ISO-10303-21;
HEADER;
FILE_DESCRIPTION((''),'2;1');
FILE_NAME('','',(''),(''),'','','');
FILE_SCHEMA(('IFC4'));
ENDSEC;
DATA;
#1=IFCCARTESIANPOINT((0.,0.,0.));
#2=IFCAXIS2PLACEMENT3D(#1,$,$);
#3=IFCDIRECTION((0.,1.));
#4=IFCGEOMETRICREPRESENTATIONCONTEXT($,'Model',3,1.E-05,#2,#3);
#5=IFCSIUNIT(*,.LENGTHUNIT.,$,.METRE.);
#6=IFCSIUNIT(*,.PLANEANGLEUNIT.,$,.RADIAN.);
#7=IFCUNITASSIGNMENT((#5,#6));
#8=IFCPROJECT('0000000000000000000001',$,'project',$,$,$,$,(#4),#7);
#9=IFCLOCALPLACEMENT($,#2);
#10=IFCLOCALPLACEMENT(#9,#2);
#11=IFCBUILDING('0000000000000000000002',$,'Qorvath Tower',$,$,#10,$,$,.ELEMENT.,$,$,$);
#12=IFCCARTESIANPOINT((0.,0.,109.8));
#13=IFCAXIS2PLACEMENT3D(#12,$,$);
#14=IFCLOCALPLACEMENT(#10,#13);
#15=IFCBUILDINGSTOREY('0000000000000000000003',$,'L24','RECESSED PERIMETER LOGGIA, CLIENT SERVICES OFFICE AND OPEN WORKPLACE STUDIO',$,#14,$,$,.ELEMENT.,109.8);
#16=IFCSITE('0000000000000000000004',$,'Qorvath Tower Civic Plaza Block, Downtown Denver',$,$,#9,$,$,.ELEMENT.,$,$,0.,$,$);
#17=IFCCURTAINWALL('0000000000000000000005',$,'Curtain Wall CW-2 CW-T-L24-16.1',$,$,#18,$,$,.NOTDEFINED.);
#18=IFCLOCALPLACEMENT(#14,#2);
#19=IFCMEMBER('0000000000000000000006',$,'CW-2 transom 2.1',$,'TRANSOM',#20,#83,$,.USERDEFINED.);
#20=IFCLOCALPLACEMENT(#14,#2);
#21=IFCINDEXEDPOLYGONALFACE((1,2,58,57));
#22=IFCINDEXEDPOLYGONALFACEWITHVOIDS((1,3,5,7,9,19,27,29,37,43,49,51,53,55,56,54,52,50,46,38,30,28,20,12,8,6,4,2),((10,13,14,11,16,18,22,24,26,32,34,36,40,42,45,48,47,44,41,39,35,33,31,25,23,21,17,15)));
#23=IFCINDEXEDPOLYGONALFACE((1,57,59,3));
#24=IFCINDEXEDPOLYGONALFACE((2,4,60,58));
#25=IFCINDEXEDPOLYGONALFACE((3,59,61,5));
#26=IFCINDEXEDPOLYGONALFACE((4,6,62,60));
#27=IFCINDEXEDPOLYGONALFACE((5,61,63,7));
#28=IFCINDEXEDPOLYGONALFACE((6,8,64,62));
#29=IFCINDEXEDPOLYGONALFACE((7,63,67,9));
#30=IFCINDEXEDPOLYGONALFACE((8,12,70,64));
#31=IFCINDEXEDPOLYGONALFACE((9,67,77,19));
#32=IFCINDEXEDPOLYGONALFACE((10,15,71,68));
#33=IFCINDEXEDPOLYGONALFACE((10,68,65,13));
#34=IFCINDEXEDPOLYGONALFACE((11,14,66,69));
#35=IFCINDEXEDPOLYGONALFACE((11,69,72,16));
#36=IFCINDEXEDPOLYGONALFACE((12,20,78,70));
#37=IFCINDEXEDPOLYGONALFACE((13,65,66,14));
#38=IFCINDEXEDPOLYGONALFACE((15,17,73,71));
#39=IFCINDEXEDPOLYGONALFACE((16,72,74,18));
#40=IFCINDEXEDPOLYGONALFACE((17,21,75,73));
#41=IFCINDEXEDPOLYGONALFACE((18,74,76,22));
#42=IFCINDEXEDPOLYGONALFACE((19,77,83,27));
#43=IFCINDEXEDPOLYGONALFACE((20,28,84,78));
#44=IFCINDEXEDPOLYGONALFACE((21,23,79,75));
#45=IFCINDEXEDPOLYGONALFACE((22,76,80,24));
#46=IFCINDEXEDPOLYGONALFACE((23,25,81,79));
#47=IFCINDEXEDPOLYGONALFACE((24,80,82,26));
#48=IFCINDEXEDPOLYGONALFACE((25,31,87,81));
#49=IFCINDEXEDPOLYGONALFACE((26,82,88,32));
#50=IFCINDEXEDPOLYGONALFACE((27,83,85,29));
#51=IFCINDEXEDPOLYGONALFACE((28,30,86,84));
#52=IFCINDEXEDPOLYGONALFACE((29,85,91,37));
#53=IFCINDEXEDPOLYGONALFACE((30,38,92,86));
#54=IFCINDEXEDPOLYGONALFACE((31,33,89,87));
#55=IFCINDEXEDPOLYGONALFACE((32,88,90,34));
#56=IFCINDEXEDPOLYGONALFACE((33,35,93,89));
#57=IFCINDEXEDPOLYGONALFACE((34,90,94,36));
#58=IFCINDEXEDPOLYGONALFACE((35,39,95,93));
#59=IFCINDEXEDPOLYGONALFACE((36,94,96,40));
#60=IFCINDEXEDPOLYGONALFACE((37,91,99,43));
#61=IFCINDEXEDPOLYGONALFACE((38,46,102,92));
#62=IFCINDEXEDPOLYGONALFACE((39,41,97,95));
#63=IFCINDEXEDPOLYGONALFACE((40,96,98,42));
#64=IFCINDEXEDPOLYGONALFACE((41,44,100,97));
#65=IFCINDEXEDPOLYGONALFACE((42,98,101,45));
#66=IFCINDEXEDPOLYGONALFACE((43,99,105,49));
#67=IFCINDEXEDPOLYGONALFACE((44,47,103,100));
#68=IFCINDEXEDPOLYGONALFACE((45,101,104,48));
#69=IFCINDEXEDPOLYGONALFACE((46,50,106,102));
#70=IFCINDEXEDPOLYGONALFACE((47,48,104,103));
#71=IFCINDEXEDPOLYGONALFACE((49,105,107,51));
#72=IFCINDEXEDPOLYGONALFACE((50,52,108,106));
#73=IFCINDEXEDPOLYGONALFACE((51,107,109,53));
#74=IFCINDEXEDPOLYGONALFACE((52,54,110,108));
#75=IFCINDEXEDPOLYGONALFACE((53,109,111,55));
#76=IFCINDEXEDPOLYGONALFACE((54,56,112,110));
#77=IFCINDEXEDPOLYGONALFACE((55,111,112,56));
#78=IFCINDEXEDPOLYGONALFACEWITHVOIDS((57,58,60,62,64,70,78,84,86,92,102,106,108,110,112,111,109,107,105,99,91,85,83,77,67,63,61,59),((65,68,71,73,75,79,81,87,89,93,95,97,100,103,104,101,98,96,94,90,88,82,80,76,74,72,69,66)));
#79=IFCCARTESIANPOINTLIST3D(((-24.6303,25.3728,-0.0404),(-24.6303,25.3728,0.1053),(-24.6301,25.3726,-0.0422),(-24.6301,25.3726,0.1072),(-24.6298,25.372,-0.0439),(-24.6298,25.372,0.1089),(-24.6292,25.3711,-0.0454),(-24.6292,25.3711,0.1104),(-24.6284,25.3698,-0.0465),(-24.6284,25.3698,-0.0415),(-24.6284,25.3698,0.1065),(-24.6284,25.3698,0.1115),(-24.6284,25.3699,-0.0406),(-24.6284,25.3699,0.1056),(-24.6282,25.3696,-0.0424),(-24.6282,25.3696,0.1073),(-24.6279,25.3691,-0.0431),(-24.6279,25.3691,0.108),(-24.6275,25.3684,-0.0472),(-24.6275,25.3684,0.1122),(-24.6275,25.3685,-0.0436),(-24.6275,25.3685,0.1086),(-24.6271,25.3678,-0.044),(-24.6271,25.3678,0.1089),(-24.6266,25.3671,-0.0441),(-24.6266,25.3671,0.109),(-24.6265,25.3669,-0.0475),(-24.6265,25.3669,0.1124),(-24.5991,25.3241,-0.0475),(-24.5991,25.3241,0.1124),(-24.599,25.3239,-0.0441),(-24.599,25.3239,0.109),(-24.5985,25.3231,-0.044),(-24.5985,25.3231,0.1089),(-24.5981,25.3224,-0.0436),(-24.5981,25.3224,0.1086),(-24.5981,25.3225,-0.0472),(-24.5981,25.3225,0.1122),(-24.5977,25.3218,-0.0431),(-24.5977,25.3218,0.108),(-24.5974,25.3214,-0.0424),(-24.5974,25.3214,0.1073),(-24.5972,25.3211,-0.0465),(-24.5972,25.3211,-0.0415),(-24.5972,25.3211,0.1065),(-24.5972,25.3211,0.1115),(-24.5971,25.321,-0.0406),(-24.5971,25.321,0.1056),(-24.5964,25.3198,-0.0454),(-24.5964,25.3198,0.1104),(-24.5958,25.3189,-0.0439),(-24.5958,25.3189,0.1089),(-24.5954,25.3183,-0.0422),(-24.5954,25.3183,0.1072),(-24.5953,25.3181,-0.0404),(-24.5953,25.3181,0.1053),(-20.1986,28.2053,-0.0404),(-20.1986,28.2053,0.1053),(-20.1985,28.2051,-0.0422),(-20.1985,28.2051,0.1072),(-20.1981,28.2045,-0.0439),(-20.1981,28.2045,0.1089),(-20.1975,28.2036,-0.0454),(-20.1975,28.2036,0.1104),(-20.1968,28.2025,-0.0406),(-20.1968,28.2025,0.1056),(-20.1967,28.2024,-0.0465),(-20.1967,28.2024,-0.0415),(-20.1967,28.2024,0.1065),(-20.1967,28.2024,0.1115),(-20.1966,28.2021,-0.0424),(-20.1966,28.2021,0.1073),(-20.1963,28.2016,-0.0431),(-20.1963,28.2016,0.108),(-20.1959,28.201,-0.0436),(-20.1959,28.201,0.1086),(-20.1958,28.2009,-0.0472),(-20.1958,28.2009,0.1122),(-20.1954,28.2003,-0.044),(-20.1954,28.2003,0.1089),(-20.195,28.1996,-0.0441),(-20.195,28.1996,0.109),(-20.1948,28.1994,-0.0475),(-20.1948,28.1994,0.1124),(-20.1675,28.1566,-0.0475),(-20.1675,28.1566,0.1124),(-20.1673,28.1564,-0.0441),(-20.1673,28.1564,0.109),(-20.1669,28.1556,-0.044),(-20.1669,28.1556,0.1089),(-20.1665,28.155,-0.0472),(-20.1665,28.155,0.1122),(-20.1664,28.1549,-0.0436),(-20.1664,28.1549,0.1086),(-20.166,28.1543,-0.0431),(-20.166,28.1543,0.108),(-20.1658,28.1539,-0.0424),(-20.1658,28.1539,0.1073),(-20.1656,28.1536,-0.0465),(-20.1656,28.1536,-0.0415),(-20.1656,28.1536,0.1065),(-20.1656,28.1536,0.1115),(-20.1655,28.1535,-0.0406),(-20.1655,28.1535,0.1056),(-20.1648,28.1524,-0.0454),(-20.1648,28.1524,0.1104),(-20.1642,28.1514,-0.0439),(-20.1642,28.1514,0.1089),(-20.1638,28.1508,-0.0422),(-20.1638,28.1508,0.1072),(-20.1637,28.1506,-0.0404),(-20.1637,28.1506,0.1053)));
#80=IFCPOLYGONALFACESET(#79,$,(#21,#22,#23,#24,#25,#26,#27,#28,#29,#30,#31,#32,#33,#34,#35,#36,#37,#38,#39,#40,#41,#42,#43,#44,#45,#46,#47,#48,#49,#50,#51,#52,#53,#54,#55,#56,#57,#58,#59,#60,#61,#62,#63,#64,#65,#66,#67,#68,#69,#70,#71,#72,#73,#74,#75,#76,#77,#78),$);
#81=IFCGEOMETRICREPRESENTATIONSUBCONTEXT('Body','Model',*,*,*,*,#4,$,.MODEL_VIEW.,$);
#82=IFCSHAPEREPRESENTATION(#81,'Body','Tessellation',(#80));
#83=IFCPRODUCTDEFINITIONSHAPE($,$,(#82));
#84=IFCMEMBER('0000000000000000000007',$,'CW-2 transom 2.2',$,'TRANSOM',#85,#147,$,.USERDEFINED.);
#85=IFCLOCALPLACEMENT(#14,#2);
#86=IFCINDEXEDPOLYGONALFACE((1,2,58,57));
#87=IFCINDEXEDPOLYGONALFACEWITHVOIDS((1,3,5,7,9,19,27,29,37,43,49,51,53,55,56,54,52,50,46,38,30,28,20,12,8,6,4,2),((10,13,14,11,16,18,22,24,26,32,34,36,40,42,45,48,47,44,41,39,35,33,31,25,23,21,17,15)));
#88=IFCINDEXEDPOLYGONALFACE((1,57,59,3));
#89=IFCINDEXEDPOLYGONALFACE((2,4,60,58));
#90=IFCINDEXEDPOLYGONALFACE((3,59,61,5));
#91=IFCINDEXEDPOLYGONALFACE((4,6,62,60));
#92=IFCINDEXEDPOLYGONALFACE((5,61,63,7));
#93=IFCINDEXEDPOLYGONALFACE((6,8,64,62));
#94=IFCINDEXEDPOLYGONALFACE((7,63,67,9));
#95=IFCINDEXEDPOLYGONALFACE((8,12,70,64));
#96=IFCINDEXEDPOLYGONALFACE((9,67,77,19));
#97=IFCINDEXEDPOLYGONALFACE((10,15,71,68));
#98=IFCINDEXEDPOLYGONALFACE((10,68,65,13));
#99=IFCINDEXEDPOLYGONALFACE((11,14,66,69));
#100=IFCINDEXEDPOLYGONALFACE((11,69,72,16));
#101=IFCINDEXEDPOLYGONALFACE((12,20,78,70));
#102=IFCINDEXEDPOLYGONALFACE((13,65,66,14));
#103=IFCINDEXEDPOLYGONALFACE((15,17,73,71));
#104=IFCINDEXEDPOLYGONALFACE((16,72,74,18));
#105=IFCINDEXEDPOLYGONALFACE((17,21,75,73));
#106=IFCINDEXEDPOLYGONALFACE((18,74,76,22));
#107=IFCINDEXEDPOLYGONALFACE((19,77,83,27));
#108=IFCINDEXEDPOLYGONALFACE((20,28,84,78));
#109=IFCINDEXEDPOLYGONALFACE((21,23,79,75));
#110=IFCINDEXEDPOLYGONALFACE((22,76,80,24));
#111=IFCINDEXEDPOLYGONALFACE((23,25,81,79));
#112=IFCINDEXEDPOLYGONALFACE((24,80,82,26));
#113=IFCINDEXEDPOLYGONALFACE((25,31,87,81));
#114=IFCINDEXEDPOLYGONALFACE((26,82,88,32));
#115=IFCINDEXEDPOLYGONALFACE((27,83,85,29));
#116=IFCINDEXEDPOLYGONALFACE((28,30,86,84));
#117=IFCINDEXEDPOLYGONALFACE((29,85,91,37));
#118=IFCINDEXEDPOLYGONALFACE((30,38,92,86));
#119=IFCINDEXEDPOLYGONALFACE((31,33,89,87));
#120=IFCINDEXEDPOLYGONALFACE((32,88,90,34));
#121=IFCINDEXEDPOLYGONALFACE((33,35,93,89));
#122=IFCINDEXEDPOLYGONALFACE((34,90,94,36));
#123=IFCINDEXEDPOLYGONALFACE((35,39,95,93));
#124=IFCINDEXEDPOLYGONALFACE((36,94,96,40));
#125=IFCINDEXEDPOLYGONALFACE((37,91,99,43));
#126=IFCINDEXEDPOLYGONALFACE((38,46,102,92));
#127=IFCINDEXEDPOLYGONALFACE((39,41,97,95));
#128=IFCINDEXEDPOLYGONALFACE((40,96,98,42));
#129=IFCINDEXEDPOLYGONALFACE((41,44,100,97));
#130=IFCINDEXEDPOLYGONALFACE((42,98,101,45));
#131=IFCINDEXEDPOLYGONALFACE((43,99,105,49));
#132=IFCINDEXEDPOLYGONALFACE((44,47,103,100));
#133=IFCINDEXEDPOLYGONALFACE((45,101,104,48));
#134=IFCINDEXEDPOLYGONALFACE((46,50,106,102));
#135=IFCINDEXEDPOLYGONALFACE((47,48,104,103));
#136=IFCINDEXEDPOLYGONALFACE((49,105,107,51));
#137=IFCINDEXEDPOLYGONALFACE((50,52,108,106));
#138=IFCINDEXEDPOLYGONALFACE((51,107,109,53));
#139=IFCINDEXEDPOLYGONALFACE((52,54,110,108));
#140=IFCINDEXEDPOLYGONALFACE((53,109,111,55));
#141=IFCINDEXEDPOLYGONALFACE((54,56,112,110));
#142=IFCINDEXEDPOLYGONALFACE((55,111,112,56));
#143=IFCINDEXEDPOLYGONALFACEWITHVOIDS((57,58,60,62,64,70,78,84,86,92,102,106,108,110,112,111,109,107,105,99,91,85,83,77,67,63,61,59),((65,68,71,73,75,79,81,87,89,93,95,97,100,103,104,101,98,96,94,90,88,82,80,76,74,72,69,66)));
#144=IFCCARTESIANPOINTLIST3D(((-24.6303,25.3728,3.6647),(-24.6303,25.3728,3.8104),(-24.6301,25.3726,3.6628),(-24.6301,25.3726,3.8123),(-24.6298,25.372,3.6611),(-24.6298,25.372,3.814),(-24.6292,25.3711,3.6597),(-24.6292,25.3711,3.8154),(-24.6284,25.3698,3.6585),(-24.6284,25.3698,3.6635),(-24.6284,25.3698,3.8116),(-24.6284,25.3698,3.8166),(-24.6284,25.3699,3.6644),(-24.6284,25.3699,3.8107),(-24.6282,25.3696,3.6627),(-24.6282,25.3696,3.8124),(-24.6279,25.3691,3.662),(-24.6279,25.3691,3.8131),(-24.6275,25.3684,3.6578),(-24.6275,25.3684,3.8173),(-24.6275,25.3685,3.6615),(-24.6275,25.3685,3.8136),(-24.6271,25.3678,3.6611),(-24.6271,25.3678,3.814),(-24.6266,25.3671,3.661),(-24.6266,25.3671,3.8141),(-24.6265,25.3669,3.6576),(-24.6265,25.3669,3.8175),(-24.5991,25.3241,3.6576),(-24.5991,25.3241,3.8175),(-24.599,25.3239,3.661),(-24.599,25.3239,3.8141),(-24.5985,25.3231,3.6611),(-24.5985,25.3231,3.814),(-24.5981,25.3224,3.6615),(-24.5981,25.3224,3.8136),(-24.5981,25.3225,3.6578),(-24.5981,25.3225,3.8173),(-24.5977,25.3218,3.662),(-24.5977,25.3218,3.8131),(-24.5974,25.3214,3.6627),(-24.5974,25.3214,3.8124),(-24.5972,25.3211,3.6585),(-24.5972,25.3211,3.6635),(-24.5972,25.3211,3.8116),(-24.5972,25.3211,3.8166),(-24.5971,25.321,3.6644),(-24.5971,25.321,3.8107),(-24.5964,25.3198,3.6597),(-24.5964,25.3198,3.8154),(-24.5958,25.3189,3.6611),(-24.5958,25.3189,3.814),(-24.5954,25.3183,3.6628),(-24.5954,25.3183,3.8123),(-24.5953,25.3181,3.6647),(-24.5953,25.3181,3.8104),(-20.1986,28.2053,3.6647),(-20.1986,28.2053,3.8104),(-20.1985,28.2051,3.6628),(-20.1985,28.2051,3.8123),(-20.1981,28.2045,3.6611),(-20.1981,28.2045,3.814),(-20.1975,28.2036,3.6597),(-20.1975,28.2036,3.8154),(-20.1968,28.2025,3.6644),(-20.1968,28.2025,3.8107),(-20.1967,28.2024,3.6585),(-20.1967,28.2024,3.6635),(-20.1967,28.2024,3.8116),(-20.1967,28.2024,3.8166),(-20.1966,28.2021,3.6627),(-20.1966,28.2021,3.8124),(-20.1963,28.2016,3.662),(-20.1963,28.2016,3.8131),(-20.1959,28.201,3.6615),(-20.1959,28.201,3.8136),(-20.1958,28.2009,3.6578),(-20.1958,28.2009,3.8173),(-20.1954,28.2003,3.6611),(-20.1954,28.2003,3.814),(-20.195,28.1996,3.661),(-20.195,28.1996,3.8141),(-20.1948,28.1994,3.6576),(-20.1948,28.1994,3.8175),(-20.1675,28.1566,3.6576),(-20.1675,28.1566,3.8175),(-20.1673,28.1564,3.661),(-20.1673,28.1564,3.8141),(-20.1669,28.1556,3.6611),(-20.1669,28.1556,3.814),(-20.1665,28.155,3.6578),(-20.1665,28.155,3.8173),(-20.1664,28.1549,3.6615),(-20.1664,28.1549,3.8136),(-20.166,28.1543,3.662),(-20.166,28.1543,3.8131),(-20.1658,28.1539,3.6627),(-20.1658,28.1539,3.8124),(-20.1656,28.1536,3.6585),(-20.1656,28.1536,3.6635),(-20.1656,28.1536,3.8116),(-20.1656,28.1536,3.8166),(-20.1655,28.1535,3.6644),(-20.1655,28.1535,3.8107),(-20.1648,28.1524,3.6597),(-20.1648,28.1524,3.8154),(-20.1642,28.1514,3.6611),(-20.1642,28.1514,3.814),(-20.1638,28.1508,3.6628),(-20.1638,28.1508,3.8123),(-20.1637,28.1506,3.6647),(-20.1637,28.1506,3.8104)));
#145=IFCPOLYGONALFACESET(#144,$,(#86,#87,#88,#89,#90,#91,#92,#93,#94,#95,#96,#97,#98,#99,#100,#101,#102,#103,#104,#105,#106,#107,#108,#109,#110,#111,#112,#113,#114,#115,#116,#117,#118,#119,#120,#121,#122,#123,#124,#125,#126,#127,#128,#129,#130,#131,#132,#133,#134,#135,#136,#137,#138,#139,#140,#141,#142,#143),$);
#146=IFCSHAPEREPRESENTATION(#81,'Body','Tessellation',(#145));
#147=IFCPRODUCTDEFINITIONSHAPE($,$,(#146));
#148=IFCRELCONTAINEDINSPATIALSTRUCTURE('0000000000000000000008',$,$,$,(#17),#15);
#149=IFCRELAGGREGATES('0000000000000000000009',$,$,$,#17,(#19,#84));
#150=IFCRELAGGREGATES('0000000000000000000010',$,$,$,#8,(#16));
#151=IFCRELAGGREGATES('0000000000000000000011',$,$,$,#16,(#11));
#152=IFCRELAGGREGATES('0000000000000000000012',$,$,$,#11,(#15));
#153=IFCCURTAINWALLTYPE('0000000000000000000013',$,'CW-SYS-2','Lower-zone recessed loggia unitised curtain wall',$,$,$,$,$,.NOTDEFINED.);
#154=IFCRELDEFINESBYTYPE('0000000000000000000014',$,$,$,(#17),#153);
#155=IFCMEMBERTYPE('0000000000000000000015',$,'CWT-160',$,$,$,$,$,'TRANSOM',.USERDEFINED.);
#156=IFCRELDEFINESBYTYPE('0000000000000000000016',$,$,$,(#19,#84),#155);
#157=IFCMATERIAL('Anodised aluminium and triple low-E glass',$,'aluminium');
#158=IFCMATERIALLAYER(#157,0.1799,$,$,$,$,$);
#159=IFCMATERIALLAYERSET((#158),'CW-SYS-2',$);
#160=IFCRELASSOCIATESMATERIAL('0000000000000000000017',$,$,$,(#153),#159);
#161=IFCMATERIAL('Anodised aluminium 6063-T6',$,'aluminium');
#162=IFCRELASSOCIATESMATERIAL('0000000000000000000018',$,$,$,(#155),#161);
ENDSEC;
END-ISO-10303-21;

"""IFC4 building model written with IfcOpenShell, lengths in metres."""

from ifc_helpers import new_model, si_unit, direction, frame, origin, origin_2d, place, context, subcontext, project, spatial, hollow_rectangle, extrude, material, layer, layer_set, material_profile, profile_set, type_object, element, aggregate, save


model = new_model("IFC4")

# Units and contexts
model_context = context("Model", 3, precision=1e-05, world=origin(), true_north=direction((0.0, 1.0)))
body_context = subcontext(model_context, "Body", "Model", "MODEL_VIEW")
ifc_project = project(units=[si_unit("LENGTHUNIT", "METRE"), si_unit("PLANEANGLEUNIT", "RADIAN")], contexts=[model_context])

# Site, building, storey
site_placement = place(None, origin())
site = spatial("IfcSite", under=ifc_project, at=site_placement, Name="Qorvath Tower Civic Plaza Block, Downtown Denver", CompositionType="ELEMENT", RefElevation=0.0)
building_placement = place(site_placement, origin())
building = spatial("IfcBuilding", under=site, at=building_placement, Name="Qorvath Tower", CompositionType="ELEMENT")
storey_placement = place(building_placement, frame((0.0, 0.0, 109.8)))
storey = spatial("IfcBuildingStorey", under=building, at=storey_placement, Name="L24", Description="RECESSED PERIMETER LOGGIA, CLIENT SERVICES OFFICE AND OPEN WORKPLACE STUDIO", CompositionType="ELEMENT", Elevation=109.8)

# Curtain wall
ifc_material_1 = material(Name="Anodised aluminium and triple low-E glass", Category="aluminium")
ifc_layer_1 = layer(ifc_material_1, 0.1799)
ifc_layer_set_1 = layer_set([ifc_layer_1], Name="CW-SYS-2")
curtain_wall_type = type_object("IfcCurtainWallType", Name="CW-SYS-2", Description="Lower-zone recessed loggia unitised curtain wall", PredefinedType="NOTDEFINED", material=ifc_layer_set_1)
curtain_wall_1_placement = place(storey_placement, origin())
curtain_wall_1 = element("IfcCurtainWall", 1, at=curtain_wall_1_placement, inside=storey, type_object=curtain_wall_type, Name="Curtain Wall CW-2 CW-T-L24-16.1", PredefinedType="NOTDEFINED")

# Members
ifc_material_2 = material(Name="Anodised aluminium 6063-T6", Category="aluminium")
ifc_material_profile_1 = material_profile(ifc_material_2, hollow_rectangle(XDim=0.0649, YDim=0.1599, WallThickness=0.0034, InnerFilletRadius=0.0034, OuterFilletRadius=0.0071, at=origin_2d()), Name="CWT 160x65")
ifc_profile_set_1 = profile_set([ifc_material_profile_1], Name="Anodised aluminium 6063-T6")
member_type_1 = type_object("IfcMemberType", Name="CWT-160", ElementType="TRANSOM", PredefinedType="USERDEFINED", material=ifc_profile_set_1)
member_1_placement = place(storey_placement, frame((-20.1812, 28.178, 0.0325), z_axis=(-0.842593, -0.53855, 0.0), x_axis=(0.53855, -0.842593, 0.0)))
member_1 = element("IfcMember", 2, at=member_1_placement, type_object=member_type_1, Name="CW-2 transom 2.1", ObjectType="TRANSOM", PredefinedType="USERDEFINED", context=body_context, shape_type="SweptSolid", body=[
    extrude(hollow_rectangle(XDim=0.0649, YDim=0.1599, WallThickness=0.0034, InnerFilletRadius=0.0034, OuterFilletRadius=0.0071, at=origin_2d()), origin(), (0.0, 0.0, 1.0), 5.2595),
])
member_2_placement = place(storey_placement, frame((-20.1812, 28.178, 3.7375), z_axis=(-0.842593, -0.53855, 0.0), x_axis=(0.53855, -0.842593, 0.0)))
member_2 = element("IfcMember", 3, at=member_2_placement, type_object=member_type_1, Name="CW-2 transom 2.2", ObjectType="TRANSOM", PredefinedType="USERDEFINED", context=body_context, shape_type="SweptSolid", body=[
    extrude(hollow_rectangle(XDim=0.0649, YDim=0.1599, WallThickness=0.0034, InnerFilletRadius=0.0034, OuterFilletRadius=0.0071, at=origin_2d()), origin(), (0.0, 0.0, 1.0), 5.2595),
])

aggregate(curtain_wall_1, [member_1, member_2])

save(model, "model.ifc")
